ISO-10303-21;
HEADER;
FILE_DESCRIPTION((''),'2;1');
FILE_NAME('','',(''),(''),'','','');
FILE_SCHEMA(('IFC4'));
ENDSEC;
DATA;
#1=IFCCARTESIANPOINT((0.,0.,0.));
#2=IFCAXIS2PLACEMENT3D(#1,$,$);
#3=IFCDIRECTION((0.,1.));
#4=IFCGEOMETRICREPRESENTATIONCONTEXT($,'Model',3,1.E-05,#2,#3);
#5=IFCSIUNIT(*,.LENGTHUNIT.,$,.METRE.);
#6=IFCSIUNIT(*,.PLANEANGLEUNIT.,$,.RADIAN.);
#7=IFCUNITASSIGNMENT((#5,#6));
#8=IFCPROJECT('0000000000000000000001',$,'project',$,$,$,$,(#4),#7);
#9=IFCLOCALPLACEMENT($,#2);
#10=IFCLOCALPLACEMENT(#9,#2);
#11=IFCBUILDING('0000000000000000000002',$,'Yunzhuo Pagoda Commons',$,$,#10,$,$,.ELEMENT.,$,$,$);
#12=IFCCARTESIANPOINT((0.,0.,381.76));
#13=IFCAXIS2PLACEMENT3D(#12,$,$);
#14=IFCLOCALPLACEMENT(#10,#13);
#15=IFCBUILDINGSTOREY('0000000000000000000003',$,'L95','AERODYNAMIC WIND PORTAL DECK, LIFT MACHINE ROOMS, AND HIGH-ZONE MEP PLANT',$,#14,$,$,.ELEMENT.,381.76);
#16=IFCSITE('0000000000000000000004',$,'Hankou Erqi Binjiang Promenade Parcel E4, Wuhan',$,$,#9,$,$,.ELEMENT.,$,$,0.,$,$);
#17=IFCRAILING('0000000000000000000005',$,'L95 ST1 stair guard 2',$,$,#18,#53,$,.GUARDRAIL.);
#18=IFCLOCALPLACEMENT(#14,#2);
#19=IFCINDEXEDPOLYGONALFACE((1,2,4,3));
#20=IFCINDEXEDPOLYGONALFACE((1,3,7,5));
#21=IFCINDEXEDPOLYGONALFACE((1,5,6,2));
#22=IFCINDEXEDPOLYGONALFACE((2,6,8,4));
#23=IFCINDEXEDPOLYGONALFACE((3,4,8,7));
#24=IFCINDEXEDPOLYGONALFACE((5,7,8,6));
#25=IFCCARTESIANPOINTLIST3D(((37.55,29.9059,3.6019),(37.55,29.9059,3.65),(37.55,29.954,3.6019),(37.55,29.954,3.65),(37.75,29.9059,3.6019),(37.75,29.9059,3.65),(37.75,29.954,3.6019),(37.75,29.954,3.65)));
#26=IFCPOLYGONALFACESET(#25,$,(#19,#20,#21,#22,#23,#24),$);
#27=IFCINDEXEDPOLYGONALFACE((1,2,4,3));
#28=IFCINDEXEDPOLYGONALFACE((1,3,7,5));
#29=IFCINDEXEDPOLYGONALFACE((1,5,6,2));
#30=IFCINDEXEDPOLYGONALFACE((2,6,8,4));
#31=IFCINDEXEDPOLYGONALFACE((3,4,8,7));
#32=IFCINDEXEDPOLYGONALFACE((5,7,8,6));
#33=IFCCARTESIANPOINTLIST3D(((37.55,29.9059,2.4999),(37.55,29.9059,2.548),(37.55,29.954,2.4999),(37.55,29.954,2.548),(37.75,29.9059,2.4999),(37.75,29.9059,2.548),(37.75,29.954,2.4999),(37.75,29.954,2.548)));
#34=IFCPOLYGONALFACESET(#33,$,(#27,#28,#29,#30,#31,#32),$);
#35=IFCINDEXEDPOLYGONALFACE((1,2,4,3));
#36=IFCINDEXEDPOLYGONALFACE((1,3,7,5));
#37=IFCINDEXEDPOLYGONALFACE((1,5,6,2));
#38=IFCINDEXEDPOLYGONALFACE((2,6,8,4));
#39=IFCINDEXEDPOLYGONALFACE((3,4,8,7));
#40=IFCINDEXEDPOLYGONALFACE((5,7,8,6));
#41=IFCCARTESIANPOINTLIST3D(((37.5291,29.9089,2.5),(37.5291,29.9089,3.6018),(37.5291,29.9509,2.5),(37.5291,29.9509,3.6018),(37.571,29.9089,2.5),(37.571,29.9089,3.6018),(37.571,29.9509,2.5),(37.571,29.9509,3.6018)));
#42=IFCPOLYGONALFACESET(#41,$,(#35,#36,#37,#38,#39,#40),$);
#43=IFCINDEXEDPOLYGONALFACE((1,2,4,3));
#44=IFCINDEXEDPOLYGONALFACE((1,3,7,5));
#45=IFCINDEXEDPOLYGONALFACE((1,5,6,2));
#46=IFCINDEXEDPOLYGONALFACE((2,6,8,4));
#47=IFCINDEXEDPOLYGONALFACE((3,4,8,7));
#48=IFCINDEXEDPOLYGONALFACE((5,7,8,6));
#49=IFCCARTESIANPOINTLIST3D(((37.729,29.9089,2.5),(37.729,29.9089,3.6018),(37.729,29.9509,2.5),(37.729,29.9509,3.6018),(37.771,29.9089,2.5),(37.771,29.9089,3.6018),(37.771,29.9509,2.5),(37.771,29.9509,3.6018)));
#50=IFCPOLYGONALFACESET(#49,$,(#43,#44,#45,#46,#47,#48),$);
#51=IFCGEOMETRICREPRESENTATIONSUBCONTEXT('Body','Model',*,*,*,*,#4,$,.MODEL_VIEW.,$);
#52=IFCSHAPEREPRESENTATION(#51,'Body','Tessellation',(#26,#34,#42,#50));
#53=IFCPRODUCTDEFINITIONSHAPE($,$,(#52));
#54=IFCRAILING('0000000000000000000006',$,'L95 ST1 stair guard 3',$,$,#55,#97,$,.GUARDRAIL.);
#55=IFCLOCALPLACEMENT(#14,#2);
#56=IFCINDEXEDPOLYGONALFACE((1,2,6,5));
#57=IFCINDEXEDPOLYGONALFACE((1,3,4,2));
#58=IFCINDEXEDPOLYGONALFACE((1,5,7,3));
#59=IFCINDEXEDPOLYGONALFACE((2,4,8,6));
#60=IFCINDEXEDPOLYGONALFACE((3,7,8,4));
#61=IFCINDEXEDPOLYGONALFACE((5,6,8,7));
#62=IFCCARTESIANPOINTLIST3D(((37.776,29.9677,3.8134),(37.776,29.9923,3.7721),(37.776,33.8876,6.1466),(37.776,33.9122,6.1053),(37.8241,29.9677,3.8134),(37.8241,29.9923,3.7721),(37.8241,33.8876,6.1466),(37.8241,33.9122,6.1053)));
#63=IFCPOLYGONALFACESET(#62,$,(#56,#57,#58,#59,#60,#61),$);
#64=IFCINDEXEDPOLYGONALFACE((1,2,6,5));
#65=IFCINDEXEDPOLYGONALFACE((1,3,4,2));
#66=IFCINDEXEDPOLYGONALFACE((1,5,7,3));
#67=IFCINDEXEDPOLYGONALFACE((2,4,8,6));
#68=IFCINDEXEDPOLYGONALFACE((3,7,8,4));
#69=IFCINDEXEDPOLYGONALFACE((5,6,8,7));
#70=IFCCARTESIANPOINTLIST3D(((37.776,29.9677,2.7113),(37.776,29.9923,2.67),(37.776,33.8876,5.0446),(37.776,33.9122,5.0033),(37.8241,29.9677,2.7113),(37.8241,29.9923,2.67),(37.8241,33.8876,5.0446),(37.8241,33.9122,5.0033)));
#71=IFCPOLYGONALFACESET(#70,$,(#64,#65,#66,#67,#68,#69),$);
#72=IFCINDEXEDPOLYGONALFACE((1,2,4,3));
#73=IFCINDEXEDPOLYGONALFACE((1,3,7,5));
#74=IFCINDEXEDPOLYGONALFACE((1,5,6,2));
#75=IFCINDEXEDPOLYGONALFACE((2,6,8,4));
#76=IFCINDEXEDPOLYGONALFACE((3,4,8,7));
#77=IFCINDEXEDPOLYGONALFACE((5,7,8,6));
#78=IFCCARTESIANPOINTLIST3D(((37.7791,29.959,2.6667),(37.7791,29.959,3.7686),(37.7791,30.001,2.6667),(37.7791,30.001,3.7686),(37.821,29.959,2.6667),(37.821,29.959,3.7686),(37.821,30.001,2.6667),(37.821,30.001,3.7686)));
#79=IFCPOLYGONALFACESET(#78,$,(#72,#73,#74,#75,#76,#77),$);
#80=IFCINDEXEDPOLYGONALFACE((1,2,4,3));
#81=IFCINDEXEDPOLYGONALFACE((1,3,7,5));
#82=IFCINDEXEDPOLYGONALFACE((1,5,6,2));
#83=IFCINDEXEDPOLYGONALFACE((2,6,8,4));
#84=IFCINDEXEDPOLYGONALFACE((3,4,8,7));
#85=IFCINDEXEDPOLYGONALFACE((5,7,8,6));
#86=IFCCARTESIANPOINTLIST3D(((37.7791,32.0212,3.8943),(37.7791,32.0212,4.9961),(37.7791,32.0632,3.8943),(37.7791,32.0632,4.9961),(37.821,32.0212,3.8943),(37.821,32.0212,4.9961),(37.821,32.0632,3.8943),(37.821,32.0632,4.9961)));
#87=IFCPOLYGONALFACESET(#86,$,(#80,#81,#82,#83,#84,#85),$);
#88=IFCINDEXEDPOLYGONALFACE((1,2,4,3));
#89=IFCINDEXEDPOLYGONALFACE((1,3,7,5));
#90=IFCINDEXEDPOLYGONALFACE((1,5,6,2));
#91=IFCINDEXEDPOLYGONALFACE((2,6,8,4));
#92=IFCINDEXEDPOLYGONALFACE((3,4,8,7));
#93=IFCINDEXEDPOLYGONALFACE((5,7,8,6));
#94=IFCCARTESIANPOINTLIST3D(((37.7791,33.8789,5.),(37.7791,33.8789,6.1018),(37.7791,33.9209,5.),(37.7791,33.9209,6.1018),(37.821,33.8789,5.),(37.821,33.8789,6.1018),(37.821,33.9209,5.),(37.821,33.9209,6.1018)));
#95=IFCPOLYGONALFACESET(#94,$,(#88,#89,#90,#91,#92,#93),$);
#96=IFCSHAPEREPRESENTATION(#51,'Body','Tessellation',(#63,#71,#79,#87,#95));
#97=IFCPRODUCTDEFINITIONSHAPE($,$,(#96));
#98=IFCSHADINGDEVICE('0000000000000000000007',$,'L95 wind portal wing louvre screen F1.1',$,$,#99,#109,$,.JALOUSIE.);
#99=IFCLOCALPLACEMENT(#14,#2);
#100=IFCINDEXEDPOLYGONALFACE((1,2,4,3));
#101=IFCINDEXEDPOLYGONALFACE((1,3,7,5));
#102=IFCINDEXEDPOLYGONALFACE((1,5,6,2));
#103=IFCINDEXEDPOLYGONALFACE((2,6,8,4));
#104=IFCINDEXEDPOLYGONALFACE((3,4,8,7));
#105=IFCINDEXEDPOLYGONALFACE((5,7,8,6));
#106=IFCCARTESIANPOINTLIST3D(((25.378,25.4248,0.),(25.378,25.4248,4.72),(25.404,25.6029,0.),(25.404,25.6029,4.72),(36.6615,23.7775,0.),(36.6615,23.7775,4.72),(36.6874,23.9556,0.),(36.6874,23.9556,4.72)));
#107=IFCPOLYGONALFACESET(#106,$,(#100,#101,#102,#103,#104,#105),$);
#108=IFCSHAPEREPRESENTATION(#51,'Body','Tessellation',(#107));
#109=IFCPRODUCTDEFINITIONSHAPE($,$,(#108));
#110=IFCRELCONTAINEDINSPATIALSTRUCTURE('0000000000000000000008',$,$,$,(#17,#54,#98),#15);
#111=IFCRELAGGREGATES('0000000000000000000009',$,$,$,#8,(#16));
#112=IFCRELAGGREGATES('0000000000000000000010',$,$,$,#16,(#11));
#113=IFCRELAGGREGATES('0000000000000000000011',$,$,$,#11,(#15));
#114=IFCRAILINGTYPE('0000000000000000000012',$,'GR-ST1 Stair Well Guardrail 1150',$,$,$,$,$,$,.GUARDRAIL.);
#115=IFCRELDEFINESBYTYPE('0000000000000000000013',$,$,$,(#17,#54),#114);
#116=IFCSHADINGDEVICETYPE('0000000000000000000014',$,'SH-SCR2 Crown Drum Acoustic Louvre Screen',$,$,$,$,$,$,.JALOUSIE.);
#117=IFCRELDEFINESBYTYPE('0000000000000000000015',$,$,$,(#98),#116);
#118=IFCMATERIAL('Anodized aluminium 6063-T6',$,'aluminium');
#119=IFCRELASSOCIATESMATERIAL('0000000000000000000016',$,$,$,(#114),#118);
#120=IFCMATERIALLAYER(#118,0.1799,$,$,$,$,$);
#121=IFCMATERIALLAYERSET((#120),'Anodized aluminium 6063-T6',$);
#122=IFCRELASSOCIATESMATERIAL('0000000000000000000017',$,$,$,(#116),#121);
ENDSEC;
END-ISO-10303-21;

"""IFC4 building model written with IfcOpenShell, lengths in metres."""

from ifc_helpers import new_model, si_unit, direction, frame, origin, origin_2d, place, context, subcontext, project, spatial, rectangle, extrude, source, transform, mapped, material, layer, layer_set, type_object, element, save


model = new_model("IFC4")

# Units and contexts
model_context = context("Model", 3, precision=1e-05, world=origin(), true_north=direction((0.0, 1.0)))
body_context = subcontext(model_context, "Body", "Model", "MODEL_VIEW")
ifc_project = project(units=[si_unit("LENGTHUNIT", "METRE"), si_unit("PLANEANGLEUNIT", "RADIAN")], contexts=[model_context])

# Site, building, storey
site_placement = place(None, origin())
site = spatial("IfcSite", under=ifc_project, at=site_placement, Name="Hankou Erqi Binjiang Promenade Parcel E4, Wuhan", CompositionType="ELEMENT", RefElevation=0.0)
building_placement = place(site_placement, origin())
building = spatial("IfcBuilding", under=site, at=building_placement, Name="Yunzhuo Pagoda Commons", CompositionType="ELEMENT")
storey_placement = place(building_placement, frame((0.0, 0.0, 381.76)))
storey = spatial("IfcBuildingStorey", under=building, at=storey_placement, Name="L95", Description="AERODYNAMIC WIND PORTAL DECK, LIFT MACHINE ROOMS, AND HIGH-ZONE MEP PLANT", CompositionType="ELEMENT", Elevation=381.76)

# Railings
ifc_material_1 = material(Name="Anodized aluminium 6063-T6", Category="aluminium")
railing_type_1 = type_object("IfcRailingType", Name="GR-ST1 Stair Well Guardrail 1150", PredefinedType="GUARDRAIL", material=ifc_material_1)
railing_1_placement = place(storey_placement, frame((37.55, 29.9299, 2.5)))
element("IfcRailing", 1, at=railing_1_placement, inside=storey, type_object=railing_type_1, Name="L95 ST1 stair guard 2", PredefinedType="GUARDRAIL", context=body_context, shape_type="SweptSolid", body=[
    extrude(rectangle(XDim=0.0481, YDim=0.0481, at=origin_2d()), frame((0.0, 0.0, 1.126), z_axis=(1.0, 0.0, 0.0), x_axis=(0.0, 1.0, 0.0)), (0.0, 0.0, 1.0), 0.2),
    extrude(rectangle(XDim=0.0481, YDim=0.0481, at=origin_2d()), frame((0.0, 0.0, 0.0239), z_axis=(1.0, 0.0, 0.0), x_axis=(0.0, 1.0, 0.0)), (0.0, 0.0, 1.0), 0.2),
    extrude(rectangle(XDim=0.042, YDim=0.042, at=origin_2d()), origin(), (0.0, 0.0, 1.0), 1.1018),
    extrude(rectangle(XDim=0.042, YDim=0.042, at=origin_2d()), frame((0.2, 0.0, 0.0)), (0.0, 0.0, 1.0), 1.1018),
])
railing_2_placement = place(storey_placement, frame((37.8, 29.98, 2.6667)))
element("IfcRailing", 2, at=railing_2_placement, inside=storey, type_object=railing_type_1, Name="L95 ST1 stair guard 3", PredefinedType="GUARDRAIL", context=body_context, shape_type="SweptSolid", body=[
    extrude(rectangle(XDim=0.0481, YDim=0.0481, at=origin_2d()), frame((0.0, 0.0, 1.126), z_axis=(0.0, 0.859296, 0.511478), x_axis=(-1.0, 0.0, 0.0)), (0.0, 0.0, 1.0), 4.5618),
    extrude(rectangle(XDim=0.0481, YDim=0.0481, at=origin_2d()), frame((0.0, 0.0, 0.0239), z_axis=(0.0, 0.859296, 0.511478), x_axis=(-1.0, 0.0, 0.0)), (0.0, 0.0, 1.0), 4.5618),
    extrude(rectangle(XDim=0.042, YDim=0.042, at=origin_2d()), origin(), (0.0, 0.0, 1.0), 1.1018),
    extrude(rectangle(XDim=0.042, YDim=0.042, at=origin_2d()), frame((0.0, 2.0623, 1.2275)), (0.0, 0.0, 1.0), 1.1018),
    extrude(rectangle(XDim=0.042, YDim=0.042, at=origin_2d()), frame((0.0, 3.9199, 2.3333)), (0.0, 0.0, 1.0), 1.1018),
])

# Shading device
ifc_layer_1 = layer(ifc_material_1, 0.1799)
ifc_layer_set_1 = layer_set([ifc_layer_1], Name="Anodized aluminium 6063-T6")
shading_device_type = type_object("IfcShadingDeviceType", Name="SH-SCR2 Crown Drum Acoustic Louvre Screen", PredefinedType="JALOUSIE", material=ifc_layer_set_1)
shared_shape_1 = source(origin(), body_context, "Body", "SweptSolid", [
    extrude(rectangle(XDim=11.4031, YDim=0.1799, at=origin_2d()), origin(), (0.0, 0.0, 1.0), 4.72),
])
shading_device_placement = place(storey_placement, frame((31.0327, 24.6902, 0.0), z_axis=(0.0, 0.0, 1.0), x_axis=(0.989511, -0.14446, 0.0)))
element("IfcShadingDevice", 3, at=shading_device_placement, inside=storey, type_object=shading_device_type, Name="L95 wind portal wing louvre screen F1.1", PredefinedType="JALOUSIE", context=body_context, shape_type="MappedRepresentation", body=[
    mapped(shared_shape_1, transform((0.0, 0.0, 0.0), scale=1.0)),
])

save(model, "model.ifc")
